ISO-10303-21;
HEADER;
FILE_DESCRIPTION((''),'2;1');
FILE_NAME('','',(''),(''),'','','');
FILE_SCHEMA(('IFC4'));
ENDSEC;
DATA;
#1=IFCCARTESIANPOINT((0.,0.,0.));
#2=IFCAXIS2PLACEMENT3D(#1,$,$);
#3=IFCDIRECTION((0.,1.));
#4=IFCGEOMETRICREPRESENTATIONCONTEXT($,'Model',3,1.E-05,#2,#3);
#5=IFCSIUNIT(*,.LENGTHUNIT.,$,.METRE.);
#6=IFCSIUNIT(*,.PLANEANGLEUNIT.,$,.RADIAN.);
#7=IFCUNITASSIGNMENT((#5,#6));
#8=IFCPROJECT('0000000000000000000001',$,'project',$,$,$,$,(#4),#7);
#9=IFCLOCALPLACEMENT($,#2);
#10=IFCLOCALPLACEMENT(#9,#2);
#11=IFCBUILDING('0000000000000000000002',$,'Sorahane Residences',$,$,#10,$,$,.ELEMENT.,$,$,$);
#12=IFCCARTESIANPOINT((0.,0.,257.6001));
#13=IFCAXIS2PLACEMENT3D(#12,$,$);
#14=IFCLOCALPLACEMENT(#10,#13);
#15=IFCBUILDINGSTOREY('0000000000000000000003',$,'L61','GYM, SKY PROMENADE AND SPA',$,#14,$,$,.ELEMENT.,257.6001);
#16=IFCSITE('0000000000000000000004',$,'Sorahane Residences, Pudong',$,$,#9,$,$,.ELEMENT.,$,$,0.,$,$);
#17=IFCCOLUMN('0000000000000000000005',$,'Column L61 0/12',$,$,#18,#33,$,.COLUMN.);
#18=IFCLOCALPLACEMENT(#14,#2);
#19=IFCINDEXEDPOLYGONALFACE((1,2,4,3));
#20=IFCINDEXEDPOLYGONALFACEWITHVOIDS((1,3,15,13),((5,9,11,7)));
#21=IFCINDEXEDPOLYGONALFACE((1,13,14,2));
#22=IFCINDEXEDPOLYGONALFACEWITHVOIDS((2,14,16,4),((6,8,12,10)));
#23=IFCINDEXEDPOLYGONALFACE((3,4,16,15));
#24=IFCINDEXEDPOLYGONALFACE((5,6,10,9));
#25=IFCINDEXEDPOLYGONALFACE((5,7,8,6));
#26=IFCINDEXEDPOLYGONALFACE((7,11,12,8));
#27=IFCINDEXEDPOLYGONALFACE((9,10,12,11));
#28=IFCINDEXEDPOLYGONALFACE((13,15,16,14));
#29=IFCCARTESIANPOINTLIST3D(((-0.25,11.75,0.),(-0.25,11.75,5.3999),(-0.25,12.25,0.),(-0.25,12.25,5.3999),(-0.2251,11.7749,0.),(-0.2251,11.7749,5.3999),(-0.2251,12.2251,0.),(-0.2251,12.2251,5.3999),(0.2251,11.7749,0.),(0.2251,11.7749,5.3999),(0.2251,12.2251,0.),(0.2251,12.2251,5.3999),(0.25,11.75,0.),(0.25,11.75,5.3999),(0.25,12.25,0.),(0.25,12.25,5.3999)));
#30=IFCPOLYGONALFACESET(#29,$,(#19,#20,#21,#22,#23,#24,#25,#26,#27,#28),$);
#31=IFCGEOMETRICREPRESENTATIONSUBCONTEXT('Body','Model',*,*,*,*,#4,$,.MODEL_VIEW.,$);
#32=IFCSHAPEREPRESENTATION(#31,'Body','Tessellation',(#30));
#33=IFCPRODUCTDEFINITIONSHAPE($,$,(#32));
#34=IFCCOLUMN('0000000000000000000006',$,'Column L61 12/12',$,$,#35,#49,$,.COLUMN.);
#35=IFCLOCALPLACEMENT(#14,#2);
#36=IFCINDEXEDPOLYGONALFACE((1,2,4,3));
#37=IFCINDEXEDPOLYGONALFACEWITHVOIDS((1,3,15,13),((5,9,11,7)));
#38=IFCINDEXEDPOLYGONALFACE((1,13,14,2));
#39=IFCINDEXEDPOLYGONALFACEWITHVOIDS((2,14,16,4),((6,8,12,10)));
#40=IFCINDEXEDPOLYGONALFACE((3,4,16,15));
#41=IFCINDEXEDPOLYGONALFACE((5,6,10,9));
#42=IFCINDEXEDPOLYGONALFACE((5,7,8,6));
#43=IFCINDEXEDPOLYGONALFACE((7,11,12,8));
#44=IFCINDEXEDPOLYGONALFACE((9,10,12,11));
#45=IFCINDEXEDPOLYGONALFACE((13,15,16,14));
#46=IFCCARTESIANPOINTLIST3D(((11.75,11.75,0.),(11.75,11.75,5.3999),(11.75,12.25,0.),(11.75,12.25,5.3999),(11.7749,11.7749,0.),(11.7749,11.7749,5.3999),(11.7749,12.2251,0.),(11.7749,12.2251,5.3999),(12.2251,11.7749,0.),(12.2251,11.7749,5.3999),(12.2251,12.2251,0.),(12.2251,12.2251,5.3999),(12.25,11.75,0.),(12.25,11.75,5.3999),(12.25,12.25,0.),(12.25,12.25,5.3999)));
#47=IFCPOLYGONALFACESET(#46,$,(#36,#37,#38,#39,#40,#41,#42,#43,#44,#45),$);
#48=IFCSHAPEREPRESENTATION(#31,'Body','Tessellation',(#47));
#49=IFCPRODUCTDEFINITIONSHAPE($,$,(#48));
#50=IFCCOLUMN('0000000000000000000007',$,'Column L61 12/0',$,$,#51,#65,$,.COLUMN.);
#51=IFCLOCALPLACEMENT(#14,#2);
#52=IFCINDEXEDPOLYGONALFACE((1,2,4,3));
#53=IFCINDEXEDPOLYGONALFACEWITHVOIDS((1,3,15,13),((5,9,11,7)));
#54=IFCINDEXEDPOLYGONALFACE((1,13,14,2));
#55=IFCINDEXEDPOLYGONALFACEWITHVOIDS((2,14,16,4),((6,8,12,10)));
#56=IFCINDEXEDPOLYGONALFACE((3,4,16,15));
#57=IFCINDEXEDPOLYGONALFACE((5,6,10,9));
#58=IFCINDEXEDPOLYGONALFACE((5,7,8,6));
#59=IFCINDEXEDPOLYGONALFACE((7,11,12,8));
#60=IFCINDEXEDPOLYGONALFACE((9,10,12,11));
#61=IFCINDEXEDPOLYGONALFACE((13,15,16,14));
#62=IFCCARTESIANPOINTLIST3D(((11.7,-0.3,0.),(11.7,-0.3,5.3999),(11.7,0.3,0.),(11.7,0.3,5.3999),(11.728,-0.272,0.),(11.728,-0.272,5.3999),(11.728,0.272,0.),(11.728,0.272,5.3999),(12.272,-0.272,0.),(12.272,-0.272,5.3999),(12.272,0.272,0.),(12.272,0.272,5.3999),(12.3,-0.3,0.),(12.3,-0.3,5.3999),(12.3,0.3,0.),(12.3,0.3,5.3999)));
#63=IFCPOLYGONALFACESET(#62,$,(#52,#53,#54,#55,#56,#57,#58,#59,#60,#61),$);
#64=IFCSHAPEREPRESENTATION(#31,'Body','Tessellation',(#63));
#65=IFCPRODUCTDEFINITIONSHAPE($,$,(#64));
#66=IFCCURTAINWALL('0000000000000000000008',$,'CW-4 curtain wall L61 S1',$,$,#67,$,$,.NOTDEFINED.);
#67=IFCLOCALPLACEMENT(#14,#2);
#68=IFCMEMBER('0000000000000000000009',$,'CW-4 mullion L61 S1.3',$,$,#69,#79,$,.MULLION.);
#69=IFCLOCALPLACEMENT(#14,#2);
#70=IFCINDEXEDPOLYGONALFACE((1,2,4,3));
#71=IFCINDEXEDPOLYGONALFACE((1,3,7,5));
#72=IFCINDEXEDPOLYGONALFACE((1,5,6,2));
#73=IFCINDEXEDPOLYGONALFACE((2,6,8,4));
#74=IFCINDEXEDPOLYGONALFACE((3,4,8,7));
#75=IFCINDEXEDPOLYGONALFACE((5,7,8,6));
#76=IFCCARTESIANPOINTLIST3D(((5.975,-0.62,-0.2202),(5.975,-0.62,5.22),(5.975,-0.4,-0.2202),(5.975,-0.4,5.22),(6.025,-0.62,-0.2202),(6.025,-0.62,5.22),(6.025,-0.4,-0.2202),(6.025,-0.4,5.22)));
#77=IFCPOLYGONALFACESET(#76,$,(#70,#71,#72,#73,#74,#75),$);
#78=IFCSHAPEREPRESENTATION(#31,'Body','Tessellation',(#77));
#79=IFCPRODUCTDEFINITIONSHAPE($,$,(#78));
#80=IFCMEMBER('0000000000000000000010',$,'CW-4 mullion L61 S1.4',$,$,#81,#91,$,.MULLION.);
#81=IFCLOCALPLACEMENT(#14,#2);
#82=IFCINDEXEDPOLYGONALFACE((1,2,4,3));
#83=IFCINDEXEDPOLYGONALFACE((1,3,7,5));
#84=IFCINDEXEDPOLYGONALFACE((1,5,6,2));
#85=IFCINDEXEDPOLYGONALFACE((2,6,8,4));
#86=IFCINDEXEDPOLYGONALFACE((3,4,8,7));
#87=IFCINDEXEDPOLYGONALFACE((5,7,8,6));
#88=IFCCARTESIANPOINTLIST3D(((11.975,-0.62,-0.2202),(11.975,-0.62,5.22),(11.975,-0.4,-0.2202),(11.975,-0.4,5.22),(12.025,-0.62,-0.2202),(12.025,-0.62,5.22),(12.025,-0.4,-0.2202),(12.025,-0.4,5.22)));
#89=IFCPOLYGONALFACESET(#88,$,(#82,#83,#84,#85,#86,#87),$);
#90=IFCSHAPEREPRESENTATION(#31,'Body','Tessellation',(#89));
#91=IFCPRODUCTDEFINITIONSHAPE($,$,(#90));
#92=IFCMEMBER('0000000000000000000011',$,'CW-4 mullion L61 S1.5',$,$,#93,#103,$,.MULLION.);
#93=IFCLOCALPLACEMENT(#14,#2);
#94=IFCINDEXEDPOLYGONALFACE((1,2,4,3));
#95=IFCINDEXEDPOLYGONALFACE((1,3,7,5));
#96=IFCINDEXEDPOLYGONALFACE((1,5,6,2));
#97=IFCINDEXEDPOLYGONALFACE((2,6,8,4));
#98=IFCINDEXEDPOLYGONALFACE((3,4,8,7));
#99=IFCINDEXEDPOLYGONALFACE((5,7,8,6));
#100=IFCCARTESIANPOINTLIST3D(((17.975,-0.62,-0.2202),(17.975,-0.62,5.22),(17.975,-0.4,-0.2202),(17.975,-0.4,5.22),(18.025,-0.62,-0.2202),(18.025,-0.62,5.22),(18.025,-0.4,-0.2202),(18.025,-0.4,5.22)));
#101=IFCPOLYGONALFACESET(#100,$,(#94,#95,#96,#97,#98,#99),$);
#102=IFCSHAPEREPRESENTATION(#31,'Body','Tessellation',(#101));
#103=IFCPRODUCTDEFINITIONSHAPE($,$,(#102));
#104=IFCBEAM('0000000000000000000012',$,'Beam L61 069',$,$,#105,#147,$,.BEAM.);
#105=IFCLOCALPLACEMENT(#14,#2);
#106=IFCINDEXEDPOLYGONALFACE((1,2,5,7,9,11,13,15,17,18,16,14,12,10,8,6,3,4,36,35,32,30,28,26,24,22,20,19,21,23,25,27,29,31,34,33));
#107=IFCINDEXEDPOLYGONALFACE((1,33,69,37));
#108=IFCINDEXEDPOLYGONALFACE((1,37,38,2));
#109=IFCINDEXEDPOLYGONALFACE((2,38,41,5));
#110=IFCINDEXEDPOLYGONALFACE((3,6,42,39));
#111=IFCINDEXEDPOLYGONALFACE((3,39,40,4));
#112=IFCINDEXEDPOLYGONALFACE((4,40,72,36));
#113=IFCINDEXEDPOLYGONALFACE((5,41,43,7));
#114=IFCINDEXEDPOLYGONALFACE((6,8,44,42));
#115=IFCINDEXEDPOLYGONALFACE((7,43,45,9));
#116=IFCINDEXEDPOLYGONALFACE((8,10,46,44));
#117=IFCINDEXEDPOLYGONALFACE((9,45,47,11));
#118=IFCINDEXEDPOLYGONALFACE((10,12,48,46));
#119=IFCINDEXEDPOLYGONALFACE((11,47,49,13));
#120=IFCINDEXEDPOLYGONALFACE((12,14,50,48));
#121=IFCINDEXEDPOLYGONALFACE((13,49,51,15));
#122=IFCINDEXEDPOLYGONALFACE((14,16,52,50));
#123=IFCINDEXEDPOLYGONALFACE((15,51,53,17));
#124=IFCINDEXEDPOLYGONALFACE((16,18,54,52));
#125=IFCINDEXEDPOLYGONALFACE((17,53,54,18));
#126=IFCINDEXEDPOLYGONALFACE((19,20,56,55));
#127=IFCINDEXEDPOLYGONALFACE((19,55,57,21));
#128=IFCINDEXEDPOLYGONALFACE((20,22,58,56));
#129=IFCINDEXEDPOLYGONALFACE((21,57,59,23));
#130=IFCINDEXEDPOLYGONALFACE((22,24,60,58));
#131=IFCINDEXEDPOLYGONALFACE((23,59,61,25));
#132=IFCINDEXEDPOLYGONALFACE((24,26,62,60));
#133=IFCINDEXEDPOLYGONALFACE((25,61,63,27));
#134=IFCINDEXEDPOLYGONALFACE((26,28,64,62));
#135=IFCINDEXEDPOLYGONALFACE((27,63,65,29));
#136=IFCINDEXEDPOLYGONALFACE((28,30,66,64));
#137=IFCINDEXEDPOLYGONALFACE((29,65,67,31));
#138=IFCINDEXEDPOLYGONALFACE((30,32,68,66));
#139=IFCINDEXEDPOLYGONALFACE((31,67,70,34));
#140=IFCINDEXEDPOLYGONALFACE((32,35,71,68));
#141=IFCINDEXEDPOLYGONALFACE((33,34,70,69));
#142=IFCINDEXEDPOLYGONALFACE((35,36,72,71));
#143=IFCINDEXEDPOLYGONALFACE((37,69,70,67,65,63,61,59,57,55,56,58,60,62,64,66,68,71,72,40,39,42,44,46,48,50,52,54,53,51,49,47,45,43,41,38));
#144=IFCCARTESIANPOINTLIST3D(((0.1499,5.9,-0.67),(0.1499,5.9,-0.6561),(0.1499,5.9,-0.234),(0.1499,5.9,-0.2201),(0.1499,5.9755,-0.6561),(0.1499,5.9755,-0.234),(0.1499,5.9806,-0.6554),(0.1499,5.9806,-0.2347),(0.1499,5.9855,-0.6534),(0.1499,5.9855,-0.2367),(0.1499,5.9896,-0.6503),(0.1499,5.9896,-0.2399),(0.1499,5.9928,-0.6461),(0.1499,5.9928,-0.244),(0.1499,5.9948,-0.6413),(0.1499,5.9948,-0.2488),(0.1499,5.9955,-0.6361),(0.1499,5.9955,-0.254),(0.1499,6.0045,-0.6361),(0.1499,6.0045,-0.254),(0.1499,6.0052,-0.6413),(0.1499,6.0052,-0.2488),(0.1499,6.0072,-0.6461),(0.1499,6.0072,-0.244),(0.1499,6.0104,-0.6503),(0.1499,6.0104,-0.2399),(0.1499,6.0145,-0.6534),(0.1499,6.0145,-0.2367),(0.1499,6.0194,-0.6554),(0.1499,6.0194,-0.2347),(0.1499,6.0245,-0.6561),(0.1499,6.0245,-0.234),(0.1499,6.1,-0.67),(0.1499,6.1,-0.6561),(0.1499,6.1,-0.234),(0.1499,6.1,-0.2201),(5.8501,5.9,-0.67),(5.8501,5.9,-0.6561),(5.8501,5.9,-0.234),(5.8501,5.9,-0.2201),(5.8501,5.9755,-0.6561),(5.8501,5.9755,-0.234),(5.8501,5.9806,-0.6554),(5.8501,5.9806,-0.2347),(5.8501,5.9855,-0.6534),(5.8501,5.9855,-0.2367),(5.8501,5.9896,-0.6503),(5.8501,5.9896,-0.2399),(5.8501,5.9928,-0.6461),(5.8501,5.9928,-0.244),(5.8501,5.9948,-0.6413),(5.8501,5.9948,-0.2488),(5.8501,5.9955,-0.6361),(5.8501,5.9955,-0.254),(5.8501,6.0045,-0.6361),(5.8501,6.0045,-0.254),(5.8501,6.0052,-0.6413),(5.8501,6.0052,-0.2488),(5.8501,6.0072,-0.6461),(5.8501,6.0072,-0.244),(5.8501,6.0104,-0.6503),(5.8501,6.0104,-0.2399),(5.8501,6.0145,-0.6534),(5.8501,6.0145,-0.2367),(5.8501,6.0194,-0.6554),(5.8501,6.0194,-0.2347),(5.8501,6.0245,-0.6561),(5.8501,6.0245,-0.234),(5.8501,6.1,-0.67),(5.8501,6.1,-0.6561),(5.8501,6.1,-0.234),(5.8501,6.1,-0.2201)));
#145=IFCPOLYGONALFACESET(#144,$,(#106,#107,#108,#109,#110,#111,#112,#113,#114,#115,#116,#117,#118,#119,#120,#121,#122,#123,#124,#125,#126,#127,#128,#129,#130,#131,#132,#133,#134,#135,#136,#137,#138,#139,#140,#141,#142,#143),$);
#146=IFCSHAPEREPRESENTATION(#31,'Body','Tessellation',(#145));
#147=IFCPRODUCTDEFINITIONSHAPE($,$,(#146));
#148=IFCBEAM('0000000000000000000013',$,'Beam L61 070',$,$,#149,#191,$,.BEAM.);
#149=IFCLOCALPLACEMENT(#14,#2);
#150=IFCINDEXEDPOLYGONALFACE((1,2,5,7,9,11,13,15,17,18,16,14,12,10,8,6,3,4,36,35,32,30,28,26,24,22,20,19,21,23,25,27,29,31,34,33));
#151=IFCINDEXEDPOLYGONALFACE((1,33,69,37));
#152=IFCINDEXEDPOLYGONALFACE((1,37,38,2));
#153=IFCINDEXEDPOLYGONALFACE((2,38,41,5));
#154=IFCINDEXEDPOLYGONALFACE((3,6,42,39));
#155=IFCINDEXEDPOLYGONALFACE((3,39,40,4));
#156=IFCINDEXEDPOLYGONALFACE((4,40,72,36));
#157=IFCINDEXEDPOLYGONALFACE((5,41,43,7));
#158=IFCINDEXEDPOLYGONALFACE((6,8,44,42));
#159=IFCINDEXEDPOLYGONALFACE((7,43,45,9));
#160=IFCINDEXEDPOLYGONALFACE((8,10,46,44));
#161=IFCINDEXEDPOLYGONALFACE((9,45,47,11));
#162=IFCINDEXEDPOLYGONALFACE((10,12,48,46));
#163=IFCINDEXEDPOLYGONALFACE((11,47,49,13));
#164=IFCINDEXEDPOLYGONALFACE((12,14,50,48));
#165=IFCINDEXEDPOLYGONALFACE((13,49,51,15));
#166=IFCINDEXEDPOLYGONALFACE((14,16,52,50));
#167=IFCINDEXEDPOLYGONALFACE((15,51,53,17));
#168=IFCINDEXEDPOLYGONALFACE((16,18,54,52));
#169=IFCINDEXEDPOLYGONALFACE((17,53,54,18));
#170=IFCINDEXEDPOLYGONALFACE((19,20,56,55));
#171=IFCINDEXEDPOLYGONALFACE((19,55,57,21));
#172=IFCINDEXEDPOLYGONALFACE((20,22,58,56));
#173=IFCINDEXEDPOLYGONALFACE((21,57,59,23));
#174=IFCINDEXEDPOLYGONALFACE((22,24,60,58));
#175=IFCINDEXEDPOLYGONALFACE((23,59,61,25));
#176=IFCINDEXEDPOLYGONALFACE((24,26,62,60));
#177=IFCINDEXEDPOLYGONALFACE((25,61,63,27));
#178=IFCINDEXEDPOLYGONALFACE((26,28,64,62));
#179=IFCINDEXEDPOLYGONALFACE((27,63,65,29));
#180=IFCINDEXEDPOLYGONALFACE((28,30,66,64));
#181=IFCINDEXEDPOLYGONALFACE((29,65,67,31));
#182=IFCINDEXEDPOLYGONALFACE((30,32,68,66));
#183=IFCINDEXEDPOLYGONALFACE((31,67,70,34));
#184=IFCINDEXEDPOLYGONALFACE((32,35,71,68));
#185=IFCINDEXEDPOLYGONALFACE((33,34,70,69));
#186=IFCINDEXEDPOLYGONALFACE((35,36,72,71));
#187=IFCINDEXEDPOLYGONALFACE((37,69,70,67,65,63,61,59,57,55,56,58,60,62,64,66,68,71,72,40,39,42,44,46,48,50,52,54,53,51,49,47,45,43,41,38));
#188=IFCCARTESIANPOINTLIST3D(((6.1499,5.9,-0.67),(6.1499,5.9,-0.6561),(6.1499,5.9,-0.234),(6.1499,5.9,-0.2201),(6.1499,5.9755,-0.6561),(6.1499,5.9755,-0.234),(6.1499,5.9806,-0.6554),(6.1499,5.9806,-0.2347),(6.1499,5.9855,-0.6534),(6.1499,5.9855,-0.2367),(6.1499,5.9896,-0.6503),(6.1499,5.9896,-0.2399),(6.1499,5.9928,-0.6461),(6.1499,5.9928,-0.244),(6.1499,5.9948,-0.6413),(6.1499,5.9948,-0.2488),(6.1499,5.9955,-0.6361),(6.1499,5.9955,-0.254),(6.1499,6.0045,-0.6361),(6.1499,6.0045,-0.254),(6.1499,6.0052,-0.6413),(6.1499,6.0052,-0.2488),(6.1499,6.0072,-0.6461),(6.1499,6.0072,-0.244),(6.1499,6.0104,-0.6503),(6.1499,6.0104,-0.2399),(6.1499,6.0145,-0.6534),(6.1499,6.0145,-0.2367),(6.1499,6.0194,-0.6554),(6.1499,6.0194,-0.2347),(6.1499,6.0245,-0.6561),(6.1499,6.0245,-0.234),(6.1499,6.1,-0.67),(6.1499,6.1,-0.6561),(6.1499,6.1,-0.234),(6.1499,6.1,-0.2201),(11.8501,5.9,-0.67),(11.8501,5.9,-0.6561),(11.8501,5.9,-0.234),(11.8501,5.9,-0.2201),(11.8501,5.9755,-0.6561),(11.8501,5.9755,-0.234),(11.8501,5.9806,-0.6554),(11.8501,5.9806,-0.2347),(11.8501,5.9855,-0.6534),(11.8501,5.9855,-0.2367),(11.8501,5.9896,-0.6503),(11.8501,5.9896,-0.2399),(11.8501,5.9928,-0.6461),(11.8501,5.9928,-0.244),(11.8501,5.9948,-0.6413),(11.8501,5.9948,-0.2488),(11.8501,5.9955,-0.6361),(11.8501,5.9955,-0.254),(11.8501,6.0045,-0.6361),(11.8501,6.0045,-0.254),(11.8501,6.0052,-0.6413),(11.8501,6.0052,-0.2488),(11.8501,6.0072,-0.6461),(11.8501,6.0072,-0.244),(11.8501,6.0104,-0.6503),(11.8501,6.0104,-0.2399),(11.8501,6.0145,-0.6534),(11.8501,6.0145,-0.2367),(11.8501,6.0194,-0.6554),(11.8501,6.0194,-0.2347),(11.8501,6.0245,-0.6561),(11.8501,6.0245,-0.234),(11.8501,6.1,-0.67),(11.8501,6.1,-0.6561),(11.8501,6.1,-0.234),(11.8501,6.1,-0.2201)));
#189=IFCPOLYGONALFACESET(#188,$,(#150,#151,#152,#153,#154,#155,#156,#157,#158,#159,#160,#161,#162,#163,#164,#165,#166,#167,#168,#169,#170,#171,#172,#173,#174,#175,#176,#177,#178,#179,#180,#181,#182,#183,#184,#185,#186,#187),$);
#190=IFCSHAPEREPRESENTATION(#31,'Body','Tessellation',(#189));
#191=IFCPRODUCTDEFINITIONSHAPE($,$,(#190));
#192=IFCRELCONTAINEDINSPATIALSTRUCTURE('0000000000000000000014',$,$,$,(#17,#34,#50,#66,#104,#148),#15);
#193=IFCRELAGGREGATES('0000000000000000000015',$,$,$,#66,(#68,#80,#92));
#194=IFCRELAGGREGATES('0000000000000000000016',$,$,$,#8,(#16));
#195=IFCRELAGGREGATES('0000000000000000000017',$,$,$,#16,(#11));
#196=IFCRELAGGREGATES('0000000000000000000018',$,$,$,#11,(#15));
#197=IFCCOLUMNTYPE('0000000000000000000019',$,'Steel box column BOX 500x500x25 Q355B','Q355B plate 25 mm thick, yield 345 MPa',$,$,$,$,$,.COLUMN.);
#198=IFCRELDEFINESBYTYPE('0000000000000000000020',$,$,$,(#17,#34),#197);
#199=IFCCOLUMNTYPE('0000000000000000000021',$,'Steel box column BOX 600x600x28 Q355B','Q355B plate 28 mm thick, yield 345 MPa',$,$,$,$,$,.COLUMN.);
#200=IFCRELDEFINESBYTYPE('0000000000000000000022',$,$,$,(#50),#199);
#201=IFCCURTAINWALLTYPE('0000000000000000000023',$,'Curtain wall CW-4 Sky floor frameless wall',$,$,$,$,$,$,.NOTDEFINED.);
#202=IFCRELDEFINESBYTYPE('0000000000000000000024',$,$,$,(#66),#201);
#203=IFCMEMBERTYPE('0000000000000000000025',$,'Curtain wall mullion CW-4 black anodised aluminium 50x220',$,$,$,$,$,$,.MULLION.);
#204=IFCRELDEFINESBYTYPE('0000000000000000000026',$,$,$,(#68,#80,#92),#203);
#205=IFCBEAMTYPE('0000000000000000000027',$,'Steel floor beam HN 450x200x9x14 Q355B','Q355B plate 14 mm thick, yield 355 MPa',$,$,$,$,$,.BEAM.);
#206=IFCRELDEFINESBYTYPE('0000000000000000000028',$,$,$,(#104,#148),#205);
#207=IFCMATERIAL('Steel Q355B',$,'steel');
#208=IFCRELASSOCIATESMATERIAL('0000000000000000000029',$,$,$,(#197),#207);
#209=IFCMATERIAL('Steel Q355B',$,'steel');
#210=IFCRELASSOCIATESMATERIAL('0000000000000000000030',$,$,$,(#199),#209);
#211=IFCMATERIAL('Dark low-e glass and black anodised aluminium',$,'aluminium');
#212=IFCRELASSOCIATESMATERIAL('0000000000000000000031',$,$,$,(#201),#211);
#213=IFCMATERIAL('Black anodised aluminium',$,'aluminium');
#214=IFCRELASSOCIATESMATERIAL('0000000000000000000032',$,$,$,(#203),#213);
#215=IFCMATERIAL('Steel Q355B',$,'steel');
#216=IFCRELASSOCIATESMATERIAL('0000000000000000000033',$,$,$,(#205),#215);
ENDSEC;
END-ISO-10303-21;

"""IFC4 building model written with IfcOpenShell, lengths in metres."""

from ifc_helpers import new_model, si_unit, direction, frame, origin, origin_2d, place, context, subcontext, project, spatial, rectangle, hollow_rectangle, i_section, extrude, material, material_profile, profile_set, type_object, element, aggregate, save


model = new_model("IFC4")

# Units and contexts
model_context = context("Model", 3, precision=1e-05, world=origin(), true_north=direction((0.0, 1.0)))
body_context = subcontext(model_context, "Body", "Model", "MODEL_VIEW")
ifc_project = project(units=[si_unit("LENGTHUNIT", "METRE"), si_unit("PLANEANGLEUNIT", "RADIAN")], contexts=[model_context])

# Site, building, storey
site_placement = place(None, origin())
site = spatial("IfcSite", under=ifc_project, at=site_placement, Name="Sorahane Residences, Pudong", CompositionType="ELEMENT", RefElevation=0.0)
building_placement = place(site_placement, origin())
building = spatial("IfcBuilding", under=site, at=building_placement, Name="Sorahane Residences", CompositionType="ELEMENT")
storey_placement = place(building_placement, frame((0.0, 0.0, 257.6001)))
storey = spatial("IfcBuildingStorey", under=building, at=storey_placement, Name="L61", Description="GYM, SKY PROMENADE AND SPA", CompositionType="ELEMENT", Elevation=257.6001)

# Columns
ifc_material_1 = material(Name="Steel Q355B", Category="steel")
ifc_material_profile_1 = material_profile(ifc_material_1, hollow_rectangle(XDim=0.5, YDim=0.5, WallThickness=0.0249, at=origin_2d()), Name="BOX 500x500x25")
ifc_profile_set_1 = profile_set([ifc_material_profile_1], Name="Steel Q355B")
column_type_1 = type_object("IfcColumnType", Name="Steel box column BOX 500x500x25 Q355B", Description="Q355B plate 25 mm thick, yield 345 MPa", PredefinedType="COLUMN", material=ifc_profile_set_1)
for number, where, z_axis, x_axis, name in (
    (1, (0.0, 12.0, 0.0), (0.0, 0.0, 1.0), (1.0, 0.0, 0.0), "Column L61 0/12"),
    (2, (12.0, 12.0, 0.0), (0.0, 0.0, 1.0), (1.0, 0.0, 0.0), "Column L61 12/12"),
):
    element("IfcColumn", number, at=place(storey_placement, frame(where, z_axis=z_axis, x_axis=x_axis)), inside=storey, type_object=column_type_1, Name=name, PredefinedType="COLUMN", context=body_context, shape_type="SweptSolid", body=[
        extrude(hollow_rectangle(XDim=0.5, YDim=0.5, WallThickness=0.0249, at=origin_2d()), origin(), (0.0, 0.0, 1.0), 5.3999),
    ])
ifc_material_2 = material(Name="Steel Q355B", Category="steel")
ifc_material_profile_2 = material_profile(ifc_material_2, hollow_rectangle(XDim=0.6001, YDim=0.6001, WallThickness=0.0281, at=origin_2d()), Name="BOX 600x600x28")
ifc_profile_set_2 = profile_set([ifc_material_profile_2], Name="Steel Q355B")
column_type_2 = type_object("IfcColumnType", Name="Steel box column BOX 600x600x28 Q355B", Description="Q355B plate 28 mm thick, yield 345 MPa", PredefinedType="COLUMN", material=ifc_profile_set_2)
column_placement = place(storey_placement, frame((12.0, 0.0, 0.0), z_axis=(0.0, 0.0, 1.0), x_axis=(1.0, 0.0, 0.0)))
element("IfcColumn", 3, at=column_placement, inside=storey, type_object=column_type_2, Name="Column L61 12/0", PredefinedType="COLUMN", context=body_context, shape_type="SweptSolid", body=[
    extrude(hollow_rectangle(XDim=0.6001, YDim=0.6001, WallThickness=0.0281, at=origin_2d()), origin(), (0.0, 0.0, 1.0), 5.3999),
])

# Curtain wall, members
ifc_material_3 = material(Name="Dark low-e glass and black anodised aluminium", Category="aluminium")
curtain_wall_type = type_object("IfcCurtainWallType", Name="Curtain wall CW-4 Sky floor frameless wall", PredefinedType="NOTDEFINED", material=ifc_material_3)
curtain_wall_placement = place(storey_placement, origin())
curtain_wall = element("IfcCurtainWall", 4, at=curtain_wall_placement, inside=storey, type_object=curtain_wall_type, Name="CW-4 curtain wall L61 S1", PredefinedType="NOTDEFINED")
ifc_material_4 = material(Name="Black anodised aluminium", Category="aluminium")
ifc_material_profile_3 = material_profile(ifc_material_4, rectangle(XDim=0.22, YDim=0.05, at=origin_2d()), Name="Curtain wall mullion CW-4 black anodised aluminium 50x220")
ifc_profile_set_3 = profile_set([ifc_material_profile_3], Name="Black anodised aluminium")
member_type = type_object("IfcMemberType", Name="Curtain wall mullion CW-4 black anodised aluminium 50x220", PredefinedType="MULLION", material=ifc_profile_set_3)
member_1_placement = place(storey_placement, frame((6.0, -0.51, -0.2202), z_axis=(0.0, 0.0, 1.0), x_axis=(0.0, -1.0, 0.0)))
member_1 = element("IfcMember", 5, at=member_1_placement, type_object=member_type, Name="CW-4 mullion L61 S1.3", PredefinedType="MULLION", context=body_context, shape_type="SweptSolid", body=[
    extrude(rectangle(XDim=0.22, YDim=0.05, at=origin_2d()), origin(), (0.0, 0.0, 1.0), 5.4402),
])
member_2_placement = place(storey_placement, frame((12.0, -0.51, -0.2202), z_axis=(0.0, 0.0, 1.0), x_axis=(0.0, -1.0, 0.0)))
member_2 = element("IfcMember", 6, at=member_2_placement, type_object=member_type, Name="CW-4 mullion L61 S1.4", PredefinedType="MULLION", context=body_context, shape_type="SweptSolid", body=[
    extrude(rectangle(XDim=0.22, YDim=0.05, at=origin_2d()), origin(), (0.0, 0.0, 1.0), 5.4402),
])
member_3_placement = place(storey_placement, frame((18.0, -0.51, -0.2202), z_axis=(0.0, 0.0, 1.0), x_axis=(0.0, -1.0, 0.0)))
member_3 = element("IfcMember", 7, at=member_3_placement, type_object=member_type, Name="CW-4 mullion L61 S1.5", PredefinedType="MULLION", context=body_context, shape_type="SweptSolid", body=[
    extrude(rectangle(XDim=0.22, YDim=0.05, at=origin_2d()), origin(), (0.0, 0.0, 1.0), 5.4402),
])

# Beams
ifc_material_5 = material(Name="Steel Q355B", Category="steel")
ifc_material_profile_4 = material_profile(ifc_material_5, i_section(OverallWidth=0.2, OverallDepth=0.45, WebThickness=0.009, FlangeThickness=0.0139, FilletRadius=0.02, at=origin_2d()), Name="HN 450x200x9x14")
ifc_profile_set_4 = profile_set([ifc_material_profile_4], Name="Steel Q355B")
beam_type_1 = type_object("IfcBeamType", Name="Steel floor beam HN 450x200x9x14 Q355B", Description="Q355B plate 14 mm thick, yield 355 MPa", PredefinedType="BEAM", material=ifc_profile_set_4)
for number, where, z_axis, x_axis, name in (
    (8, (0.1499, 6.0, -0.4451), (1.0, 0.0, 0.0), (0.0, 1.0, 0.0), "Beam L61 069"),
    (9, (6.1499, 6.0, -0.4451), (1.0, 0.0, 0.0), (0.0, 1.0, 0.0), "Beam L61 070"),
):
    element("IfcBeam", number, at=place(storey_placement, frame(where, z_axis=z_axis, x_axis=x_axis)), inside=storey, type_object=beam_type_1, Name=name, PredefinedType="BEAM", context=body_context, shape_type="SweptSolid", body=[
        extrude(i_section(OverallWidth=0.2, OverallDepth=0.45, WebThickness=0.009, FlangeThickness=0.0139, FilletRadius=0.02, at=origin_2d()), origin(), (0.0, 0.0, 1.0), 5.7002),
    ])

aggregate(curtain_wall, [member_1, member_2, member_3])

save(model, "model.ifc")
